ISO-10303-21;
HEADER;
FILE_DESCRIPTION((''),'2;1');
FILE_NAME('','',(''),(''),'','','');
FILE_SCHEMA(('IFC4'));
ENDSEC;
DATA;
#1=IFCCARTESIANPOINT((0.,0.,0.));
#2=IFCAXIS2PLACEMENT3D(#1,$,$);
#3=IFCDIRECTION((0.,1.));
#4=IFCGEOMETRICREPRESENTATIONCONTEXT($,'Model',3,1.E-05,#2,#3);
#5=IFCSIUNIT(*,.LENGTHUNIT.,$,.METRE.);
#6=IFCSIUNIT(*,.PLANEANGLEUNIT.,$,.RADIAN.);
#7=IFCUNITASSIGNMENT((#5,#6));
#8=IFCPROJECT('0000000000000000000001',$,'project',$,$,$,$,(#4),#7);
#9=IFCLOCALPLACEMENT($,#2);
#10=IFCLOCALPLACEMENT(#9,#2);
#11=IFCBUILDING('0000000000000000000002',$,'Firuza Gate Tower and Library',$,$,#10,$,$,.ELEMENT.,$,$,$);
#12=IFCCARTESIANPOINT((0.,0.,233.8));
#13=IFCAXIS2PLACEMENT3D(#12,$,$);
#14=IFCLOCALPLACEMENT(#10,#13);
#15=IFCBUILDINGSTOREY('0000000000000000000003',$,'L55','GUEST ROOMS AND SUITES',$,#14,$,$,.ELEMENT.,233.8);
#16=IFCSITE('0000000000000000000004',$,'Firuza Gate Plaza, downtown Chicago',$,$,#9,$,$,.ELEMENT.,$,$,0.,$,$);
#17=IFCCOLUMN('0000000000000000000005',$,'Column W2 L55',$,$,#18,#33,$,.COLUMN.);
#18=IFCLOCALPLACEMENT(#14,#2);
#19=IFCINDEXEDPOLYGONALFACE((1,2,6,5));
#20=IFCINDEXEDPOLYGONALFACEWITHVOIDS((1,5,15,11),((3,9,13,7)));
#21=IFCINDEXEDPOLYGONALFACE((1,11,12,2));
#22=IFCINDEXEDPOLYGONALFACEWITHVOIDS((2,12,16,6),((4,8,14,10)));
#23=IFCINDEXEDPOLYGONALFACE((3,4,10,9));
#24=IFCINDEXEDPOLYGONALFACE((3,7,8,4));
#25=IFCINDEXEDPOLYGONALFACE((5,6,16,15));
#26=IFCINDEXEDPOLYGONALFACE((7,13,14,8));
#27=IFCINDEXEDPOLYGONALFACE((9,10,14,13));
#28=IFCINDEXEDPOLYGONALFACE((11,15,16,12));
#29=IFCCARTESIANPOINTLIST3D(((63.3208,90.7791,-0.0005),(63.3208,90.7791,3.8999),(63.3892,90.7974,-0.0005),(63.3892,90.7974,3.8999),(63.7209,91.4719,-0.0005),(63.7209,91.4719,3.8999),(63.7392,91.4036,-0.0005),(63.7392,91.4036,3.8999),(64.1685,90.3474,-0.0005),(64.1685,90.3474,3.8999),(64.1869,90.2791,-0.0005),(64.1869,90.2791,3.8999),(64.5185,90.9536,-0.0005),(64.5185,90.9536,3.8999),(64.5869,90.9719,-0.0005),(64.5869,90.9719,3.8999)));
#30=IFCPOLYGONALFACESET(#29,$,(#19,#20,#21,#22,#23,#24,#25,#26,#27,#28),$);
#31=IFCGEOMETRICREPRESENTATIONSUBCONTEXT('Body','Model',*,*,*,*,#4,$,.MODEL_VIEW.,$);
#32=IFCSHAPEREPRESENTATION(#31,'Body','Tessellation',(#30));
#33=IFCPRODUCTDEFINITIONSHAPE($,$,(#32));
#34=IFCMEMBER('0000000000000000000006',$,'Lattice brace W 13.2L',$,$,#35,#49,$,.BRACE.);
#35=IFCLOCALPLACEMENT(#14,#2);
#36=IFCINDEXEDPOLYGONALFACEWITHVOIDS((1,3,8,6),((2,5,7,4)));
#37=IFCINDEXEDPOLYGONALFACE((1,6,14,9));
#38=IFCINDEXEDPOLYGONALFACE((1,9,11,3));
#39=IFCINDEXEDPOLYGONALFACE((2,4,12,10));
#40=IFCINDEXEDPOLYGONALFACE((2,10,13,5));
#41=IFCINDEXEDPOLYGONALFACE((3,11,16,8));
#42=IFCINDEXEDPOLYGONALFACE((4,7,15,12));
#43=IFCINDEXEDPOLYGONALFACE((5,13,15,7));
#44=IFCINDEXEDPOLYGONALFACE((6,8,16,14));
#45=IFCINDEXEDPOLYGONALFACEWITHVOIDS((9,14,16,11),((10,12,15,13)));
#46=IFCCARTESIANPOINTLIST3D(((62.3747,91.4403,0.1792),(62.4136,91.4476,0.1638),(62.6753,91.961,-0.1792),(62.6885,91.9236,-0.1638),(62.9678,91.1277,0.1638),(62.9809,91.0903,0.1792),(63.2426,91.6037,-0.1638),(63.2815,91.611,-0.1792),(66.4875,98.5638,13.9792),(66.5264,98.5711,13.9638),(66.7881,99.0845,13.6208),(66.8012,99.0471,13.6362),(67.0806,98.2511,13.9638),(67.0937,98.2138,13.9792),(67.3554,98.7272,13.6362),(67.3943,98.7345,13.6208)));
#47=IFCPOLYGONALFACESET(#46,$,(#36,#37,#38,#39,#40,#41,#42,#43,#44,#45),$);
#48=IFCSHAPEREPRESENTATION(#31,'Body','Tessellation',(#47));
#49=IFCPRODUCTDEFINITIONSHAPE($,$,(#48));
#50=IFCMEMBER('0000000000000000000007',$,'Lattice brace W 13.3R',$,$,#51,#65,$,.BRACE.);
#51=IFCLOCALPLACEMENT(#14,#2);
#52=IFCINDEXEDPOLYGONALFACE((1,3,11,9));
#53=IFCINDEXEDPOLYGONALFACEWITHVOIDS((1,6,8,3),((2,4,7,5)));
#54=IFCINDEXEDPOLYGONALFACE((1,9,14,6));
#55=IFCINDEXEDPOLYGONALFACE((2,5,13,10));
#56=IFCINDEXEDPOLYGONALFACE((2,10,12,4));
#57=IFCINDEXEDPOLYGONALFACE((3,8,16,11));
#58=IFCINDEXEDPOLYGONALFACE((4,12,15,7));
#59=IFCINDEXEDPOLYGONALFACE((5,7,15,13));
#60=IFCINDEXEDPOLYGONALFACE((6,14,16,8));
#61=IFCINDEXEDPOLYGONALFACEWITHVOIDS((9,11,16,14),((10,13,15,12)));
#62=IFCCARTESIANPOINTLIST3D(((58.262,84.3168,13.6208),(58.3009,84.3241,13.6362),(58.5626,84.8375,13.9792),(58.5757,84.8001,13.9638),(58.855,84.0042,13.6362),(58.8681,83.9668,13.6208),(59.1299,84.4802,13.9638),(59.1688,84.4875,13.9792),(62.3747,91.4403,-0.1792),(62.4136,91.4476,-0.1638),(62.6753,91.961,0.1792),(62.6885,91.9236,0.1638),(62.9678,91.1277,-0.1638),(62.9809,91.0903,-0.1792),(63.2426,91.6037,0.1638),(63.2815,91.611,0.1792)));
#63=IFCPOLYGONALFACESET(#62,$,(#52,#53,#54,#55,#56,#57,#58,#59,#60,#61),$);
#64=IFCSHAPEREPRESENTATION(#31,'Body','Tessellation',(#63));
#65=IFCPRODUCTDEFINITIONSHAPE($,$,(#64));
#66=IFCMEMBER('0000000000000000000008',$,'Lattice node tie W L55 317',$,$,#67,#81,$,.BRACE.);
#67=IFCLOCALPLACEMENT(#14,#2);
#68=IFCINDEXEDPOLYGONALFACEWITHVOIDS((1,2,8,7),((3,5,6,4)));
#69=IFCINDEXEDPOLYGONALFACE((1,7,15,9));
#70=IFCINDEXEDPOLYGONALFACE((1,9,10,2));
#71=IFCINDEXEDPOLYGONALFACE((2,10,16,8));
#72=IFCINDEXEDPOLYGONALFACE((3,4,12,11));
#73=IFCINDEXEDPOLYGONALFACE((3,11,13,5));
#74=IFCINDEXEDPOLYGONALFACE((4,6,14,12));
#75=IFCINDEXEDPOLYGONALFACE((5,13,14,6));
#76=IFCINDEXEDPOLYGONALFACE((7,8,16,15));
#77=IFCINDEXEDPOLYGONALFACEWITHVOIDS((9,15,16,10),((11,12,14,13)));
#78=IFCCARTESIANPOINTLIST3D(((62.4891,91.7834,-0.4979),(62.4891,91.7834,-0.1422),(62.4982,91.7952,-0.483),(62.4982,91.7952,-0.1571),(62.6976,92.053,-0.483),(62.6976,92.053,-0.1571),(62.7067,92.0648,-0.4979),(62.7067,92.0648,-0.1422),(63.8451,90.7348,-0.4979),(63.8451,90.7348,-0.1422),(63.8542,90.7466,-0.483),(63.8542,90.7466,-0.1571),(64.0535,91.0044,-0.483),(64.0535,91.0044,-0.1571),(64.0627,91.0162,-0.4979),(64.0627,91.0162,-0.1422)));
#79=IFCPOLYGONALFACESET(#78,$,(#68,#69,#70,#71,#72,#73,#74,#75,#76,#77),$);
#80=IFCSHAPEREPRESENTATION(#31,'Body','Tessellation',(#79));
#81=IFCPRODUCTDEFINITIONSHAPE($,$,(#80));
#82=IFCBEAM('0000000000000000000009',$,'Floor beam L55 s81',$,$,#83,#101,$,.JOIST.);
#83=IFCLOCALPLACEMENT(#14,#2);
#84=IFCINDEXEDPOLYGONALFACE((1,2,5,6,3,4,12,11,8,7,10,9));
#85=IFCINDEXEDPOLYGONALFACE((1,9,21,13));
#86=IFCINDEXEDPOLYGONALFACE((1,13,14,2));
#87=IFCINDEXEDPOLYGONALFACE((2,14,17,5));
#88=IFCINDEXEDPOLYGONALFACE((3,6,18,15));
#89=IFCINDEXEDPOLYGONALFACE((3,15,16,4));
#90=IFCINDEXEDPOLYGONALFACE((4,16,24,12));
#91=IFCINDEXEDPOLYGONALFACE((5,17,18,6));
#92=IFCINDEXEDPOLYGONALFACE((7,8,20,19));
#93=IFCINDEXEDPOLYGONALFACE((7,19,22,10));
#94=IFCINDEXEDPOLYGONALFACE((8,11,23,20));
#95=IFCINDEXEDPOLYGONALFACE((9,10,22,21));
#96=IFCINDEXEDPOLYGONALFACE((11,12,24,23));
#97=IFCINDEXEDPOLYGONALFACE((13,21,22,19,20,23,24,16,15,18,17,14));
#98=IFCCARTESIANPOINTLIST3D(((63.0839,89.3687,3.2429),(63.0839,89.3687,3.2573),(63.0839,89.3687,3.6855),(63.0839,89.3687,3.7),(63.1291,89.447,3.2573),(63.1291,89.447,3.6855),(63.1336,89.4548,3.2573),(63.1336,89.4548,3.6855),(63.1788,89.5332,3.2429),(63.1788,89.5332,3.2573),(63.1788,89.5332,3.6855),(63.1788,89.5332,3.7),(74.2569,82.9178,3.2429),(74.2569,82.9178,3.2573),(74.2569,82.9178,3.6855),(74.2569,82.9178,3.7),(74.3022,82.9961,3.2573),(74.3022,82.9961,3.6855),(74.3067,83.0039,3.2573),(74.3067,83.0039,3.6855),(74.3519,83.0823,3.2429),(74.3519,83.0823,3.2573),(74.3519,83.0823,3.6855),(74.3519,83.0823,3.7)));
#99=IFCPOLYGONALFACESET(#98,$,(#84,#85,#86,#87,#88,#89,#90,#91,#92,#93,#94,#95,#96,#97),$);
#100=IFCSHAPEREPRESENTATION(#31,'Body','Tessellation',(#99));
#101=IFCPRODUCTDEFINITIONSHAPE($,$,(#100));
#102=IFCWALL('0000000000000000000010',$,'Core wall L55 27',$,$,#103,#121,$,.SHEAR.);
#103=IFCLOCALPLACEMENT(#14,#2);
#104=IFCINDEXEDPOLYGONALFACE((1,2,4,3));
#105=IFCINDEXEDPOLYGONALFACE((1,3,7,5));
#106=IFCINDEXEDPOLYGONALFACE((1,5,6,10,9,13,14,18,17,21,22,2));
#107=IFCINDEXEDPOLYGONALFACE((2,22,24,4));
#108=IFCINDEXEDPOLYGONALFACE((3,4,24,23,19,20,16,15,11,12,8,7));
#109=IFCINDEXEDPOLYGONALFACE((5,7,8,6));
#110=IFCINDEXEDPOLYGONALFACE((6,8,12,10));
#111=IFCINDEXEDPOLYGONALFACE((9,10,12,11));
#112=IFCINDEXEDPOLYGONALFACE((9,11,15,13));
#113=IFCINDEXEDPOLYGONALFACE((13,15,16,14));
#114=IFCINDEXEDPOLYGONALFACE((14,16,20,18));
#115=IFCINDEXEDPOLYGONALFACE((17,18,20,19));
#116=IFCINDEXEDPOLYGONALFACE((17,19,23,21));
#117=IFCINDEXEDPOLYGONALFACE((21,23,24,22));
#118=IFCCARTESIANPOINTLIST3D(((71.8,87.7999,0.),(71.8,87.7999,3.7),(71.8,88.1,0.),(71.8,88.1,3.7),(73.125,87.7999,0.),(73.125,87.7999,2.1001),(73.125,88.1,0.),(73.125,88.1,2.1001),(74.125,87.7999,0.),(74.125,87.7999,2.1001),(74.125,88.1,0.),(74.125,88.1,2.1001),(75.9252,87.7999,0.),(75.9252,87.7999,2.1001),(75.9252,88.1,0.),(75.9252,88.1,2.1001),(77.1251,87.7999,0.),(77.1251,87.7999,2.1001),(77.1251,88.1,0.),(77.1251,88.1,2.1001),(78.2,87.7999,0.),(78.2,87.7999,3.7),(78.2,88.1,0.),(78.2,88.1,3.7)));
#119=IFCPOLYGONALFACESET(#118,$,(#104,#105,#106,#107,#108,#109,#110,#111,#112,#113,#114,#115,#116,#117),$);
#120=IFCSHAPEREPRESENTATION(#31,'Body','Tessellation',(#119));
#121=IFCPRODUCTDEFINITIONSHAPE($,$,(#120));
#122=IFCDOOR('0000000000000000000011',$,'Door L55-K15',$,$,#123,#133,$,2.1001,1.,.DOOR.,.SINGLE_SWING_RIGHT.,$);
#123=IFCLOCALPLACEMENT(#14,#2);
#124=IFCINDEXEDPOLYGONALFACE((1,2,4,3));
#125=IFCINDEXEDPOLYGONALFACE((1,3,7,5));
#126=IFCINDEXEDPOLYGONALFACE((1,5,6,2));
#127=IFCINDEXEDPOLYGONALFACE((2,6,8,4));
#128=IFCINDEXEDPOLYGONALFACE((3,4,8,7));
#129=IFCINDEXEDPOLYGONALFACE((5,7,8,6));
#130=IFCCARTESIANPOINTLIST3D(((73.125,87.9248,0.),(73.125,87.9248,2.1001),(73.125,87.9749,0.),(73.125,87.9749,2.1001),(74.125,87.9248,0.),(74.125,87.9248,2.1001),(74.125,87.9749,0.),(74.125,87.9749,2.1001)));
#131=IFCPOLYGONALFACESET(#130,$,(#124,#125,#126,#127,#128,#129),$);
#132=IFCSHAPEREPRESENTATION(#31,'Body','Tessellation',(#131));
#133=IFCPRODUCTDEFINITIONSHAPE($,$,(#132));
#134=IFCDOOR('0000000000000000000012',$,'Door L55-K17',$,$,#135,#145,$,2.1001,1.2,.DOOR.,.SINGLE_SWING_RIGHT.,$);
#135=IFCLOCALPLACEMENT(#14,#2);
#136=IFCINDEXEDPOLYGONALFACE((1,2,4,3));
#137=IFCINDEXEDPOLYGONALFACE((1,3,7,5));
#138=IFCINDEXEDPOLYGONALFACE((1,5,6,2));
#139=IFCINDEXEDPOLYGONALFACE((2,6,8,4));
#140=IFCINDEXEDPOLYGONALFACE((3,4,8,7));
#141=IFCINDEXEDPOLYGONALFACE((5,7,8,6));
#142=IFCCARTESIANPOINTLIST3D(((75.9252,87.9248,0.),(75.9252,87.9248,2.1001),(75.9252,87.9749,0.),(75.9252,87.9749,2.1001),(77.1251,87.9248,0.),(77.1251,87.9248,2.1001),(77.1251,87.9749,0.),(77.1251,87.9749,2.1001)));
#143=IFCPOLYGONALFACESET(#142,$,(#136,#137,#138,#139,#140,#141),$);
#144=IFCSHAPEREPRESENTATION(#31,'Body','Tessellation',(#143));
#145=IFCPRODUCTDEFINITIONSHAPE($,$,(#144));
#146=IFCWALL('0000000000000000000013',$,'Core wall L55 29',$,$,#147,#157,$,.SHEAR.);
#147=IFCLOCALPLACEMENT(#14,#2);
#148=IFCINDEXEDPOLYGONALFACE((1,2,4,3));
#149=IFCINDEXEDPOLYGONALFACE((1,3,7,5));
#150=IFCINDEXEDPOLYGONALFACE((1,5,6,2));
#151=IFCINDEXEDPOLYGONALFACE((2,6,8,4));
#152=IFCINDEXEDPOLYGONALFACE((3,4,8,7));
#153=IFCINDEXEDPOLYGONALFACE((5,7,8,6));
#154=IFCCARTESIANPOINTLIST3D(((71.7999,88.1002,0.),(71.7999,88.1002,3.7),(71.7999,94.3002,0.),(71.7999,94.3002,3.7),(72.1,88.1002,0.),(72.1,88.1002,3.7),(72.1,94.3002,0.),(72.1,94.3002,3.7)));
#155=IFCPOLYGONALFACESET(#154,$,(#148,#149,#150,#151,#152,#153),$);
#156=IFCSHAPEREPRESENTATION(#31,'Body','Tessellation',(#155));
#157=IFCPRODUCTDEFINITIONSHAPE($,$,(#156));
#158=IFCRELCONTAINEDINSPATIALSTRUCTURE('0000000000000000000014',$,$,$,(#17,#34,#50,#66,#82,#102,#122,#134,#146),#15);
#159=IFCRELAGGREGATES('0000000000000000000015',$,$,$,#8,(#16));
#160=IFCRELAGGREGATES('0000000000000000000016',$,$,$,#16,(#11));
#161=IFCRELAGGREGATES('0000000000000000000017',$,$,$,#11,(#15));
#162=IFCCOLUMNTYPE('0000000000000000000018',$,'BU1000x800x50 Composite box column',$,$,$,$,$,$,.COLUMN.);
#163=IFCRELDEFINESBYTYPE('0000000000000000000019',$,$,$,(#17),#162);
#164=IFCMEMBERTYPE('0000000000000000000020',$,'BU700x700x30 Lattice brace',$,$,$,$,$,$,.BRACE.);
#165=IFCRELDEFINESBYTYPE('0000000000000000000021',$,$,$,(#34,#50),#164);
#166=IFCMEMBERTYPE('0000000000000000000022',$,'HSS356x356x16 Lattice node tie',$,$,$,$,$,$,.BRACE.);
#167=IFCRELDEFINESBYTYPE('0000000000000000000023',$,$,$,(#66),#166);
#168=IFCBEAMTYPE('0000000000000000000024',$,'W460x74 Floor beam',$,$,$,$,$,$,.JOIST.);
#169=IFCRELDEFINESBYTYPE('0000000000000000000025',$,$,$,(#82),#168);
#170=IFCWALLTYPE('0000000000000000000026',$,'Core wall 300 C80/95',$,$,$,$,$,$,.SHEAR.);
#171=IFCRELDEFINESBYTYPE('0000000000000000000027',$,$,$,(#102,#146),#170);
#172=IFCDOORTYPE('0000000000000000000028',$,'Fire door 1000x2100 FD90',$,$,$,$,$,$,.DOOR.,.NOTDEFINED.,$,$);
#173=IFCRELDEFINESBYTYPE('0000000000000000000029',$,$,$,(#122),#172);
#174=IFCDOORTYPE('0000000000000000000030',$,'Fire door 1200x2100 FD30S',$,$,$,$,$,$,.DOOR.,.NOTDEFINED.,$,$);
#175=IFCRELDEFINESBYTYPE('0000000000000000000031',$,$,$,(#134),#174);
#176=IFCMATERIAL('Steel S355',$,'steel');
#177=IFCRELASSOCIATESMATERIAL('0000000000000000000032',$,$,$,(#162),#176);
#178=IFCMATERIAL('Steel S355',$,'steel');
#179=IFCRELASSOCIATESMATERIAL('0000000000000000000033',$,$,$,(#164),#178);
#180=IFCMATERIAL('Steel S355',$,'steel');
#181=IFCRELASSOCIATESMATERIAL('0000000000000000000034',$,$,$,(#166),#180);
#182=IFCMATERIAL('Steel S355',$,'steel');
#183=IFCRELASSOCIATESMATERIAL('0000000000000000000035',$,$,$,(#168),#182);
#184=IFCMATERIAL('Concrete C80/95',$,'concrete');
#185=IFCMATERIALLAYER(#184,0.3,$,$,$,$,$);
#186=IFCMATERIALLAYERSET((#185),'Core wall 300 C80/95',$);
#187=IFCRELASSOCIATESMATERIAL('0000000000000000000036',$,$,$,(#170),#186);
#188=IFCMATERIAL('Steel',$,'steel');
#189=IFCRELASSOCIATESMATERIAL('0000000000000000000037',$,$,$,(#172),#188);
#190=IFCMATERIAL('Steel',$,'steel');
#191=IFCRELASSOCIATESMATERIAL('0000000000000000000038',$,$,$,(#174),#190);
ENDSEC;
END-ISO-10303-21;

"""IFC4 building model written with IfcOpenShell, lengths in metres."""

from ifc_helpers import new_model, si_unit, direction, frame, frame_2d, origin, origin_2d, place, context, subcontext, project, spatial, rectangle, hollow_rectangle, i_section, extrude, material, layer, layer_set, material_profile, profile_set, type_object, element, fill, save


model = new_model("IFC4")

# Units and contexts
model_context = context("Model", 3, precision=1e-05, world=origin(), true_north=direction((0.0, 1.0)))
body_context = subcontext(model_context, "Body", "Model", "MODEL_VIEW")
ifc_project = project(units=[si_unit("LENGTHUNIT", "METRE"), si_unit("PLANEANGLEUNIT", "RADIAN")], contexts=[model_context])

# Site, building, storey
site_placement = place(None, origin())
site = spatial("IfcSite", under=ifc_project, at=site_placement, Name="Firuza Gate Plaza, downtown Chicago", CompositionType="ELEMENT", RefElevation=0.0)
building_placement = place(site_placement, origin())
building = spatial("IfcBuilding", under=site, at=building_placement, Name="Firuza Gate Tower and Library", CompositionType="ELEMENT")
storey_placement = place(building_placement, frame((0.0, 0.0, 233.8)))
storey = spatial("IfcBuildingStorey", under=building, at=storey_placement, Name="L55", Description="GUEST ROOMS AND SUITES", CompositionType="ELEMENT", Elevation=233.8)

# Column
ifc_material_1 = material(Name="Steel S355", Category="steel")
ifc_material_profile_1 = material_profile(ifc_material_1, hollow_rectangle(XDim=0.8, YDim=1.0, WallThickness=0.05, at=origin_2d()))
ifc_profile_set_1 = profile_set([ifc_material_profile_1], Name="Steel S355")
column_type = type_object("IfcColumnType", Name="BU1000x800x50 Composite box column", PredefinedType="COLUMN", material=ifc_profile_set_1)
column_placement = place(storey_placement, frame((63.9539, 90.8755, -0.0005), z_axis=(0.0, 0.0, 1.0), x_axis=(-0.5, -0.866025, 0.0)))
element("IfcColumn", 1, at=column_placement, inside=storey, type_object=column_type, Name="Column W2 L55", PredefinedType="COLUMN", context=body_context, shape_type="SweptSolid", body=[
    extrude(hollow_rectangle(XDim=0.8, YDim=1.0, WallThickness=0.05, at=origin_2d()), origin(), (0.0, 0.0, 1.0), 3.9004),
])

# Members
ifc_material_2 = material(Name="Steel S355", Category="steel")
ifc_material_profile_2 = material_profile(ifc_material_2, hollow_rectangle(XDim=0.7, YDim=0.7, WallThickness=0.03, at=origin_2d()))
ifc_profile_set_2 = profile_set([ifc_material_profile_2], Name="Steel S355")
member_type_1 = type_object("IfcMemberType", Name="BU700x700x30 Lattice brace", PredefinedType="BRACE", material=ifc_profile_set_2)
for number, where, z_axis, x_axis, name in (
    (2, (62.8281, 91.5256, 0.0), (0.256001, 0.443405, 0.858985), (-0.866024, 0.500002, 0.0), "Lattice brace W 13.2L"),
    (3, (62.8281, 91.5256, 0.0), (-0.256001, -0.443405, 0.858985), (0.866024, -0.500002, 0.0), "Lattice brace W 13.3R"),
):
    element("IfcMember", number, at=place(storey_placement, frame(where, z_axis=z_axis, x_axis=x_axis)), inside=storey, type_object=member_type_1, Name=name, PredefinedType="BRACE", context=body_context, shape_type="SweptSolid", body=[
        extrude(hollow_rectangle(XDim=0.7, YDim=0.7, WallThickness=0.03, at=origin_2d()), origin(), (0.0, 0.0, 1.0), 16.0654),
    ])
ifc_material_3 = material(Name="Steel S355", Category="steel")
ifc_material_profile_3 = material_profile(ifc_material_3, hollow_rectangle(XDim=0.3557, YDim=0.3557, WallThickness=0.0149, at=origin_2d()))
ifc_profile_set_3 = profile_set([ifc_material_profile_3], Name="Steel S355")
member_type_2 = type_object("IfcMemberType", Name="HSS356x356x16 Lattice node tie", PredefinedType="BRACE", material=ifc_profile_set_3)
member_placement = place(storey_placement, frame((63.9539, 90.8755, -0.3201), z_axis=(-0.791059, 0.611739, 0.0), x_axis=(-0.611739, -0.791059, 0.0)))
element("IfcMember", 4, at=member_placement, inside=storey, type_object=member_type_2, Name="Lattice node tie W L55 317", PredefinedType="BRACE", context=body_context, shape_type="SweptSolid", body=[
    extrude(hollow_rectangle(XDim=0.3557, YDim=0.3557, WallThickness=0.0149, at=origin_2d()), origin(), (0.0, 0.0, 1.0), 1.7141),
])

# Beam
ifc_material_4 = material(Name="Steel S355", Category="steel")
ifc_material_profile_4 = material_profile(ifc_material_4, i_section(OverallWidth=0.1899, OverallDepth=0.457, WebThickness=0.009, FlangeThickness=0.0144, at=origin_2d()))
ifc_profile_set_4 = profile_set([ifc_material_profile_4], Name="Steel S355")
beam_type = type_object("IfcBeamType", Name="W460x74 Floor beam", PredefinedType="JOIST", material=ifc_profile_set_4)
beam_placement = place(storey_placement, frame((63.1313, 89.4509, 3.4714), z_axis=(0.866021, -0.500008, 0.0), x_axis=(0.500008, 0.866021, 0.0)))
element("IfcBeam", 5, at=beam_placement, inside=storey, type_object=beam_type, Name="Floor beam L55 s81", PredefinedType="JOIST", context=body_context, shape_type="SweptSolid", body=[
    extrude(i_section(OverallWidth=0.1899, OverallDepth=0.457, WebThickness=0.009, FlangeThickness=0.0144, at=origin_2d()), origin(), (0.0, 0.0, 1.0), 12.9016),
])

# Wall, openings, doors
ifc_material_5 = material(Name="Concrete C80/95", Category="concrete")
ifc_layer_1 = layer(ifc_material_5, 0.3)
ifc_layer_set_1 = layer_set([ifc_layer_1], Name="Core wall 300 C80/95")
wall_type_1 = type_object("IfcWallType", Name="Core wall 300 C80/95", PredefinedType="SHEAR", material=ifc_layer_set_1)
wall_1_placement = place(storey_placement, frame((71.8, 87.95, 0.0), z_axis=(0.0, 0.0, 1.0), x_axis=(1.0, 0.0, 0.0)))
wall_1 = element("IfcWall", 6, at=wall_1_placement, inside=storey, type_object=wall_type_1, Name="Core wall L55 27", PredefinedType="SHEAR", context=body_context, shape_type="SweptSolid", body=[
    extrude(rectangle(XDim=6.3999, YDim=0.3, at=frame_2d((3.2, 0.0))), origin(), (0.0, 0.0, 1.0), 3.7),
])
opening_1_placement = place(wall_1_placement, frame((1.325, 0.0, 0.0)))
opening_1 = element("IfcOpeningElement", 7, at=opening_1_placement, cuts=wall_1, PredefinedType="OPENING", context=body_context, shape_type="SweptSolid", body=[
    extrude(rectangle(XDim=1.0, YDim=2.1001, at=frame_2d((0.5, 1.05))), frame((0.0, 0.1602, 0.0), z_axis=(0.0, -1.0, 0.0), x_axis=(1.0, 0.0, 0.0)), (0.0, 0.0, 1.0), 0.3201),
])
opening_2_placement = place(wall_1_placement, frame((4.125, 0.0, 0.0)))
opening_2 = element("IfcOpeningElement", 8, at=opening_2_placement, cuts=wall_1, PredefinedType="OPENING", context=body_context, shape_type="SweptSolid", body=[
    extrude(rectangle(XDim=1.2, YDim=2.1001, at=frame_2d((0.6001, 1.05))), frame((0.0, 0.1602, 0.0), z_axis=(0.0, -1.0, 0.0), x_axis=(1.0, 0.0, 0.0)), (0.0, 0.0, 1.0), 0.3201),
])
ifc_material_6 = material(Name="Steel", Category="steel")
door_type_1 = type_object("IfcDoorType", Name="Fire door 1000x2100 FD90", OperationType="NOTDEFINED", PredefinedType="DOOR", material=ifc_material_6)
door_1_placement = place(opening_1_placement, origin())
door_1 = element("IfcDoor", 9, at=door_1_placement, inside=storey, type_object=door_type_1, Name="Door L55-K15", OperationType="SINGLE_SWING_RIGHT", OverallHeight=2.1001, OverallWidth=1.0, PredefinedType="DOOR", context=body_context, shape_type="SweptSolid", body=[
    extrude(rectangle(XDim=1.0, YDim=2.1001, at=frame_2d((0.5, 1.05))), frame((0.0, 0.0249, 0.0), z_axis=(0.0, -1.0, 0.0), x_axis=(1.0, 0.0, 0.0)), (0.0, 0.0, 1.0), 0.05),
])
fill(opening_1, door_1)
ifc_material_7 = material(Name="Steel", Category="steel")
door_type_2 = type_object("IfcDoorType", Name="Fire door 1200x2100 FD30S", OperationType="NOTDEFINED", PredefinedType="DOOR", material=ifc_material_7)
door_2_placement = place(opening_2_placement, origin())
door_2 = element("IfcDoor", 10, at=door_2_placement, inside=storey, type_object=door_type_2, Name="Door L55-K17", OperationType="SINGLE_SWING_RIGHT", OverallHeight=2.1001, OverallWidth=1.2, PredefinedType="DOOR", context=body_context, shape_type="SweptSolid", body=[
    extrude(rectangle(XDim=1.2, YDim=2.1001, at=frame_2d((0.6001, 1.05))), frame((0.0, 0.0249, 0.0), z_axis=(0.0, -1.0, 0.0), x_axis=(1.0, 0.0, 0.0)), (0.0, 0.0, 1.0), 0.05),
])
fill(opening_2, door_2)

# Wall
wall_2_placement = place(storey_placement, frame((71.95, 88.1001, 0.0), z_axis=(0.0, 0.0, 1.0), x_axis=(0.0, 1.0, 0.0)))
element("IfcWall", 11, at=wall_2_placement, inside=storey, type_object=wall_type_1, Name="Core wall L55 29", PredefinedType="SHEAR", context=body_context, shape_type="SweptSolid", body=[
    extrude(rectangle(XDim=6.2, YDim=0.3, at=frame_2d((3.1001, 0.0))), origin(), (0.0, 0.0, 1.0), 3.7),
])

save(model, "model.ifc")
